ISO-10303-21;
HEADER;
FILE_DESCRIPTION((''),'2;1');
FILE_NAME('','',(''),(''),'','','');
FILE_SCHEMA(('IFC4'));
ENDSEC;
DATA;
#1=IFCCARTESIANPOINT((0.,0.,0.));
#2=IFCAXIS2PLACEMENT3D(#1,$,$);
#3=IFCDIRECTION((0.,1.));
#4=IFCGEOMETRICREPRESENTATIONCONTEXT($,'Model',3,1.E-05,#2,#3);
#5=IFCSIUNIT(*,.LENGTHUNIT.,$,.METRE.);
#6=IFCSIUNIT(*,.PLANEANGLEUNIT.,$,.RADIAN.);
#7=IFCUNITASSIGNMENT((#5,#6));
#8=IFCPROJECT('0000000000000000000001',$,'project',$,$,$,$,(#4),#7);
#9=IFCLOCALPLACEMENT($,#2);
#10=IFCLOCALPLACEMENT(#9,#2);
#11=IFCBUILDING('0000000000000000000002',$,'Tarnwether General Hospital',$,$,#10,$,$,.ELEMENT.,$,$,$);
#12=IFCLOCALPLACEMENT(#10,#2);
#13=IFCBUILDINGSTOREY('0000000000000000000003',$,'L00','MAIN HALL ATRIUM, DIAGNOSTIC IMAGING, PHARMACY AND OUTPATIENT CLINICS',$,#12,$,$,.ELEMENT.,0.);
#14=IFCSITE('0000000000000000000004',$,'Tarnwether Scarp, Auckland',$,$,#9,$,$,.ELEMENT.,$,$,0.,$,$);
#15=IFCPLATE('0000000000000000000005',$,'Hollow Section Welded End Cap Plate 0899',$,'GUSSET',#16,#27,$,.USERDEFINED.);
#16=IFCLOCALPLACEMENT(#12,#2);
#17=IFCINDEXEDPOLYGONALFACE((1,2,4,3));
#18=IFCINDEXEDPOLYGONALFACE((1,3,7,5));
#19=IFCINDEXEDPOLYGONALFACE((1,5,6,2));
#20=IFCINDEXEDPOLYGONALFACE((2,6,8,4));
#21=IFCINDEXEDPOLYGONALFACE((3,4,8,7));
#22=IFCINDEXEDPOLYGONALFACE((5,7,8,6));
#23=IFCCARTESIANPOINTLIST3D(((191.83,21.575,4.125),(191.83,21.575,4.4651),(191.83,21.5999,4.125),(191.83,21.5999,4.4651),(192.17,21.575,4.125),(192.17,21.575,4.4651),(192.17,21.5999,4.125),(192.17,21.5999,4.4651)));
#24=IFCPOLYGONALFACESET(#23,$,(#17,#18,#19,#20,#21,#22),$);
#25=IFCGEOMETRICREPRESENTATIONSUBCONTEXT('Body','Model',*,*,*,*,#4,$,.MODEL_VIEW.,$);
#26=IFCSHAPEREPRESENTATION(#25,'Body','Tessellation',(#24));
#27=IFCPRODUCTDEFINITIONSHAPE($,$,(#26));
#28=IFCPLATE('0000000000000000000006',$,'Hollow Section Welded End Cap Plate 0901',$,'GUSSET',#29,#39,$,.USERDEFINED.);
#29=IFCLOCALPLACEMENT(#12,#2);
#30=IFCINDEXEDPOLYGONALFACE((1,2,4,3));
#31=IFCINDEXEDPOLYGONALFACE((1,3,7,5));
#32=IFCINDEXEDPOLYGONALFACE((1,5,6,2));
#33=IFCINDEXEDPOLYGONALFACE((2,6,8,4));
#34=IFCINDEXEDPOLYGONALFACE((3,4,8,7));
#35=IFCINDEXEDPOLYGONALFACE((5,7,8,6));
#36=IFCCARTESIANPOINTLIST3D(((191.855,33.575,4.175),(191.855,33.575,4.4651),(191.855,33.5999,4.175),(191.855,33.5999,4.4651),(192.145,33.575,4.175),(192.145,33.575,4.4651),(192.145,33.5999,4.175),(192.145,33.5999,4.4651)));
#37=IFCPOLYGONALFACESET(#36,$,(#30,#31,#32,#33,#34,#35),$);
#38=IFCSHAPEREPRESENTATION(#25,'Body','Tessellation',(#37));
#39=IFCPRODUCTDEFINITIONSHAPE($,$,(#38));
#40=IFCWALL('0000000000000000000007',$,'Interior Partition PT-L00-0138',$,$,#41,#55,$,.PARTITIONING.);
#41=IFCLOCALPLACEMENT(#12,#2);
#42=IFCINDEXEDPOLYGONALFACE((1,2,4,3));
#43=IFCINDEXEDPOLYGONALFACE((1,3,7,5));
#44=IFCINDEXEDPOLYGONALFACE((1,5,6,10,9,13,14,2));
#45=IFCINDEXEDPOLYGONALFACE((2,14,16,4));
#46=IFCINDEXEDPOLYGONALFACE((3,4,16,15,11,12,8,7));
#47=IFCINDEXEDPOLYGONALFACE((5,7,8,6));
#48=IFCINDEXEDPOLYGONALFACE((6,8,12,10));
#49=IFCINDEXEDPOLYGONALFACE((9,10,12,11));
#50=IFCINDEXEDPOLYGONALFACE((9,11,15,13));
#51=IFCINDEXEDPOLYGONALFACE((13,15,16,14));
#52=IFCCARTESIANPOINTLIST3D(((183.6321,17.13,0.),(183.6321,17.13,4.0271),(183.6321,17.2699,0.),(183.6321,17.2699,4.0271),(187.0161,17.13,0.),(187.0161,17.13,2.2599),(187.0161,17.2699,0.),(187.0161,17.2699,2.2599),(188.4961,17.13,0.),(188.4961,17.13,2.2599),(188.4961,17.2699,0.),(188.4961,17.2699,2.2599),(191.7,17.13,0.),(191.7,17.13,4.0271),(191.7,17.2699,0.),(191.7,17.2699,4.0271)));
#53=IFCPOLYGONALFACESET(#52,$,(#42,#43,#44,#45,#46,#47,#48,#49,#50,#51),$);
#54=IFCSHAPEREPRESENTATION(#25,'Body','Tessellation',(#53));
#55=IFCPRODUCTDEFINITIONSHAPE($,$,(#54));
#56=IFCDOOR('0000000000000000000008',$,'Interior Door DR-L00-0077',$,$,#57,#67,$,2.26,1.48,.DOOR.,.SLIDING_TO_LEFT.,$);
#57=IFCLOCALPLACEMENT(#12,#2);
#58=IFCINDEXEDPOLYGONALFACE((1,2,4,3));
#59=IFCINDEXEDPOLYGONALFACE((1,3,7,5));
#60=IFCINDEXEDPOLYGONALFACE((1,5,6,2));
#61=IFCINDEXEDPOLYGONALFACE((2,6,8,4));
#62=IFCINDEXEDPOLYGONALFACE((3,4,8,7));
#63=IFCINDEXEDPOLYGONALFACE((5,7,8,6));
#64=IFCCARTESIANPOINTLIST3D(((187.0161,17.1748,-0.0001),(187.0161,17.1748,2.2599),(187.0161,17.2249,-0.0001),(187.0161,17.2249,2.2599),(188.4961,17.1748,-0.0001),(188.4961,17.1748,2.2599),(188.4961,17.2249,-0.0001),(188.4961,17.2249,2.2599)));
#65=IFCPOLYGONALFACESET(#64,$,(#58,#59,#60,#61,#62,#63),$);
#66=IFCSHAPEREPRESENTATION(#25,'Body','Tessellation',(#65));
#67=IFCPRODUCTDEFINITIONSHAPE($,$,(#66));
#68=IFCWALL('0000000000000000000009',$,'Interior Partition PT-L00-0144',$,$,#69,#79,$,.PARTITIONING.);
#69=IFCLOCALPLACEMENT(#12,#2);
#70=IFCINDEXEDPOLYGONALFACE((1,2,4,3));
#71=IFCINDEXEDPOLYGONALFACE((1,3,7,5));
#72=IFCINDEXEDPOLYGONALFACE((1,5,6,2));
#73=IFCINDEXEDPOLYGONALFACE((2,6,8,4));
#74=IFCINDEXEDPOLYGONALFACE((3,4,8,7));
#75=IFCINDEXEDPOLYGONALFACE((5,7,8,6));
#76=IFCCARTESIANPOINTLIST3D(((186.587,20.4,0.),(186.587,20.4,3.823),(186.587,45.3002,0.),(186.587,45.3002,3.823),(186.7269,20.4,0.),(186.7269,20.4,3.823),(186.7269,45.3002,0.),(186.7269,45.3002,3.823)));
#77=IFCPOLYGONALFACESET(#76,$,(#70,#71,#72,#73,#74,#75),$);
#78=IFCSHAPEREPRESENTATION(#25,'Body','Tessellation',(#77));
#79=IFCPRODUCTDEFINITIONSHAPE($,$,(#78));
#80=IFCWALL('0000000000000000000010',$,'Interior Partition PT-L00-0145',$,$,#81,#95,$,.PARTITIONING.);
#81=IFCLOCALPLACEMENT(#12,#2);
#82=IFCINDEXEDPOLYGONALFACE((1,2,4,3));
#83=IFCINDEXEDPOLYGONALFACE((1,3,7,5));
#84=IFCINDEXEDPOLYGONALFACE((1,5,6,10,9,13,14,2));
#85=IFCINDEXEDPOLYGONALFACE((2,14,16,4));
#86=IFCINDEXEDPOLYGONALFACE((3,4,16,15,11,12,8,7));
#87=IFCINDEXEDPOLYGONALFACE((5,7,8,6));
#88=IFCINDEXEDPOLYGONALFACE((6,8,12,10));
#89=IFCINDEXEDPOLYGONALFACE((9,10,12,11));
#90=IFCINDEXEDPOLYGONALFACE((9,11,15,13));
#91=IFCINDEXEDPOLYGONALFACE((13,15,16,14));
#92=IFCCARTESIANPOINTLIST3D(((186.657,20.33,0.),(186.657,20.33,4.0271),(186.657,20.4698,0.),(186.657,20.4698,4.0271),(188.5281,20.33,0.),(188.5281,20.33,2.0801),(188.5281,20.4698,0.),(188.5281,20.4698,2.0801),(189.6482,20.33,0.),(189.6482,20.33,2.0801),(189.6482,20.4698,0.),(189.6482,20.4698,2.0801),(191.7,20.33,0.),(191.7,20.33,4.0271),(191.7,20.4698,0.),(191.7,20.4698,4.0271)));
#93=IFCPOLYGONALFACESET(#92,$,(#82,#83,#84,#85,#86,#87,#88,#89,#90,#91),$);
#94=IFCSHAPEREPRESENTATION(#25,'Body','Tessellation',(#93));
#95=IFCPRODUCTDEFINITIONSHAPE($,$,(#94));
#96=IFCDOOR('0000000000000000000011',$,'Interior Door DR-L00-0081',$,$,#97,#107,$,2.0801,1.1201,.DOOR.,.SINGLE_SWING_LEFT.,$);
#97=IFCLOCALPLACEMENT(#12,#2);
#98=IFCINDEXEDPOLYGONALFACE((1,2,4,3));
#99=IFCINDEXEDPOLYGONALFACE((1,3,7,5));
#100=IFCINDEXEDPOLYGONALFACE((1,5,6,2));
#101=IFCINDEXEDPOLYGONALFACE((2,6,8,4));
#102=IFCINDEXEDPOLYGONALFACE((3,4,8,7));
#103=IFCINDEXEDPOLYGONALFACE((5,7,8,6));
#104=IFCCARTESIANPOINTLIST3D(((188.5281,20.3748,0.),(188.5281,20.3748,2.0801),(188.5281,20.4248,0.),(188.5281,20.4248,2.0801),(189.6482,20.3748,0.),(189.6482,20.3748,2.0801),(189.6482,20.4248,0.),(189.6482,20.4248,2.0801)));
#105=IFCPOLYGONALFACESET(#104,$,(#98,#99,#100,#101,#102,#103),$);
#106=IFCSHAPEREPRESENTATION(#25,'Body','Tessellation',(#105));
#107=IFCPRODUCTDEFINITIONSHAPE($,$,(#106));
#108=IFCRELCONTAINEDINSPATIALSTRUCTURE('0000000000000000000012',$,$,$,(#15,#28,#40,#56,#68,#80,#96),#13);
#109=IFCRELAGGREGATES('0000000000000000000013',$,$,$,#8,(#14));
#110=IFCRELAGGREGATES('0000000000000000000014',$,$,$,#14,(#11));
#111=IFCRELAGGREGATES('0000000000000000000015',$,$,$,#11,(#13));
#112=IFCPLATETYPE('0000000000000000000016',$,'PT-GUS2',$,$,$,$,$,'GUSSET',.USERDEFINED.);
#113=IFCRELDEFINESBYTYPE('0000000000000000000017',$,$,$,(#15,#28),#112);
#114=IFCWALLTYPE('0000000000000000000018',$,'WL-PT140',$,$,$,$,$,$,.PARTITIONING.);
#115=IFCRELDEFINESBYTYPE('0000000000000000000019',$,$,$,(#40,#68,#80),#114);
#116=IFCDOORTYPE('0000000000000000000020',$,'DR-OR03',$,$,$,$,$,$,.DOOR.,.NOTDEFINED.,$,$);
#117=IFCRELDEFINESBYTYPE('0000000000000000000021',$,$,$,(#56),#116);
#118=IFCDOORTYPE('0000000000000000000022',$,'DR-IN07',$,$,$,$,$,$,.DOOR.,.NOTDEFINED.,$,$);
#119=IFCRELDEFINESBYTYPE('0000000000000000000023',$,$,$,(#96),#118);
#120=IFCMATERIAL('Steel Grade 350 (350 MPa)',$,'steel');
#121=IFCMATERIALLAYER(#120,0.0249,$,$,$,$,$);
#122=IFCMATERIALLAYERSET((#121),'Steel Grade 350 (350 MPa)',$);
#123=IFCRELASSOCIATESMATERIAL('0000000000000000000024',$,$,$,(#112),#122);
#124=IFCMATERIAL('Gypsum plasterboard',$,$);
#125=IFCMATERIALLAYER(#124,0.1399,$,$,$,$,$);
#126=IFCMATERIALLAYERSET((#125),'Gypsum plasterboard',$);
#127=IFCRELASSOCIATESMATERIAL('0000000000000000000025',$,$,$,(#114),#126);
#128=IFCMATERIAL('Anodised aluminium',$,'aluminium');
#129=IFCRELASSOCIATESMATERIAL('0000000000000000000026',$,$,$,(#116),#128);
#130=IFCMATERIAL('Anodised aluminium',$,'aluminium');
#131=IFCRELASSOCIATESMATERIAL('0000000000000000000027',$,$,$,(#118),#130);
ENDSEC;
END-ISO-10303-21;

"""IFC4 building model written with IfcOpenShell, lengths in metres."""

from ifc_helpers import new_model, si_unit, direction, frame, frame_2d, origin, origin_2d, place, context, subcontext, project, spatial, rectangle, extrude, material, layer, layer_set, type_object, element, fill, save


model = new_model("IFC4")

# Units and contexts
model_context = context("Model", 3, precision=1e-05, world=origin(), true_north=direction((0.0, 1.0)))
body_context = subcontext(model_context, "Body", "Model", "MODEL_VIEW")
ifc_project = project(units=[si_unit("LENGTHUNIT", "METRE"), si_unit("PLANEANGLEUNIT", "RADIAN")], contexts=[model_context])

# Site, building, storey
site_placement = place(None, origin())
site = spatial("IfcSite", under=ifc_project, at=site_placement, Name="Tarnwether Scarp, Auckland", CompositionType="ELEMENT", RefElevation=0.0)
building_placement = place(site_placement, origin())
building = spatial("IfcBuilding", under=site, at=building_placement, Name="Tarnwether General Hospital", CompositionType="ELEMENT")
storey_placement = place(building_placement, origin())
storey = spatial("IfcBuildingStorey", under=building, at=storey_placement, Name="L00", Description="MAIN HALL ATRIUM, DIAGNOSTIC IMAGING, PHARMACY AND OUTPATIENT CLINICS", CompositionType="ELEMENT", Elevation=0.0)

# Plates
ifc_material_1 = material(Name="Steel Grade 350 (350 MPa)", Category="steel")
ifc_layer_1 = layer(ifc_material_1, 0.0249)
ifc_layer_set_1 = layer_set([ifc_layer_1], Name="Steel Grade 350 (350 MPa)")
plate_type = type_object("IfcPlateType", Name="PT-GUS2", ElementType="GUSSET", PredefinedType="USERDEFINED", material=ifc_layer_set_1)
plate_1_placement = place(storey_placement, frame((192.0, 21.5874, 4.125), z_axis=(0.0, 0.0, 1.0), x_axis=(0.0, 1.0, 0.0)))
element("IfcPlate", 1, at=plate_1_placement, inside=storey, type_object=plate_type, Name="Hollow Section Welded End Cap Plate 0899", ObjectType="GUSSET", PredefinedType="USERDEFINED", context=body_context, shape_type="SweptSolid", body=[
    extrude(rectangle(XDim=0.0249, YDim=0.3401, at=origin_2d()), origin(), (0.0, 0.0, 1.0), 0.3401),
])
plate_2_placement = place(storey_placement, frame((192.0, 33.5874, 4.175), z_axis=(0.0, 0.0, 1.0), x_axis=(0.0, 1.0, 0.0)))
element("IfcPlate", 2, at=plate_2_placement, inside=storey, type_object=plate_type, Name="Hollow Section Welded End Cap Plate 0901", ObjectType="GUSSET", PredefinedType="USERDEFINED", context=body_context, shape_type="SweptSolid", body=[
    extrude(rectangle(XDim=0.0249, YDim=0.29, at=origin_2d()), origin(), (0.0, 0.0, 1.0), 0.29),
])

# Wall, opening, door
ifc_material_2 = material(Name="Gypsum plasterboard")
ifc_layer_2 = layer(ifc_material_2, 0.1399)
ifc_layer_set_2 = layer_set([ifc_layer_2], Name="Gypsum plasterboard")
wall_type_1 = type_object("IfcWallType", Name="WL-PT140", PredefinedType="PARTITIONING", material=ifc_layer_set_2)
wall_1_placement = place(storey_placement, frame((183.6321, 17.2, 0.0), z_axis=(0.0, 0.0, 1.0), x_axis=(1.0, 0.0, 0.0)))
wall_1 = element("IfcWall", 3, at=wall_1_placement, inside=storey, type_object=wall_type_1, Name="Interior Partition PT-L00-0138", PredefinedType="PARTITIONING", context=body_context, shape_type="SweptSolid", body=[
    extrude(rectangle(XDim=8.0679, YDim=0.1399, at=frame_2d((4.0339, 0.0))), origin(), (0.0, 0.0, 1.0), 4.0271),
])
opening_1_placement = place(wall_1_placement, frame((3.384, 0.0, 0.0)))
opening_1 = element("IfcOpeningElement", 4, at=opening_1_placement, cuts=wall_1, PredefinedType="OPENING", context=body_context, shape_type="SweptSolid", body=[
    extrude(rectangle(XDim=1.48, YDim=2.26, at=frame_2d((0.74, 1.1299))), frame((0.0, 0.0801, 0.0), z_axis=(0.0, -1.0, 0.0), x_axis=(1.0, 0.0, 0.0)), (0.0, 0.0, 1.0), 0.1599),
])
ifc_material_3 = material(Name="Anodised aluminium", Category="aluminium")
door_type_1 = type_object("IfcDoorType", Name="DR-OR03", OperationType="NOTDEFINED", PredefinedType="DOOR", material=ifc_material_3)
door_1_placement = place(opening_1_placement, origin())
door_1 = element("IfcDoor", 5, at=door_1_placement, inside=storey, type_object=door_type_1, Name="Interior Door DR-L00-0077", OperationType="SLIDING_TO_LEFT", OverallHeight=2.26, OverallWidth=1.48, PredefinedType="DOOR", context=body_context, shape_type="SweptSolid", body=[
    extrude(rectangle(XDim=1.48, YDim=2.26, at=frame_2d((0.74, 1.1299))), frame((0.0, 0.0249, 0.0), z_axis=(0.0, -1.0, 0.0), x_axis=(1.0, 0.0, 0.0)), (0.0, 0.0, 1.0), 0.05),
])
fill(opening_1, door_1)

# Wall
wall_2_placement = place(storey_placement, frame((186.657, 20.3999, 0.0), z_axis=(0.0, 0.0, 1.0), x_axis=(0.0, 1.0, 0.0)))
element("IfcWall", 6, at=wall_2_placement, inside=storey, type_object=wall_type_1, Name="Interior Partition PT-L00-0144", PredefinedType="PARTITIONING", context=body_context, shape_type="SweptSolid", body=[
    extrude(rectangle(XDim=24.9001, YDim=0.1399, at=frame_2d((12.4502, 0.0))), origin(), (0.0, 0.0, 1.0), 3.823),
])

# Wall, opening, door
wall_3_placement = place(storey_placement, frame((186.657, 20.3999, 0.0), z_axis=(0.0, 0.0, 1.0), x_axis=(1.0, 0.0, 0.0)))
wall_3 = element("IfcWall", 7, at=wall_3_placement, inside=storey, type_object=wall_type_1, Name="Interior Partition PT-L00-0145", PredefinedType="PARTITIONING", context=body_context, shape_type="SweptSolid", body=[
    extrude(rectangle(XDim=5.043, YDim=0.1399, at=frame_2d((2.5215, 0.0))), origin(), (0.0, 0.0, 1.0), 4.0271),
])
opening_2_placement = place(wall_3_placement, frame((1.8711, 0.0, 0.0)))
opening_2 = element("IfcOpeningElement", 8, at=opening_2_placement, cuts=wall_3, PredefinedType="OPENING", context=body_context, shape_type="SweptSolid", body=[
    extrude(rectangle(XDim=1.1201, YDim=2.0801, at=frame_2d((0.5601, 1.04))), frame((0.0, 0.0801, 0.0), z_axis=(0.0, -1.0, 0.0), x_axis=(1.0, 0.0, 0.0)), (0.0, 0.0, 1.0), 0.1599),
])
ifc_material_4 = material(Name="Anodised aluminium", Category="aluminium")
door_type_2 = type_object("IfcDoorType", Name="DR-IN07", OperationType="NOTDEFINED", PredefinedType="DOOR", material=ifc_material_4)
door_2_placement = place(opening_2_placement, origin())
door_2 = element("IfcDoor", 9, at=door_2_placement, inside=storey, type_object=door_type_2, Name="Interior Door DR-L00-0081", OperationType="SINGLE_SWING_LEFT", OverallHeight=2.0801, OverallWidth=1.1201, PredefinedType="DOOR", context=body_context, shape_type="SweptSolid", body=[
    extrude(rectangle(XDim=1.1201, YDim=2.0801, at=frame_2d((0.5601, 1.04))), frame((0.0, 0.0249, 0.0), z_axis=(0.0, -1.0, 0.0), x_axis=(1.0, 0.0, 0.0)), (0.0, 0.0, 1.0), 0.05),
])
fill(opening_2, door_2)

save(model, "model.ifc")
